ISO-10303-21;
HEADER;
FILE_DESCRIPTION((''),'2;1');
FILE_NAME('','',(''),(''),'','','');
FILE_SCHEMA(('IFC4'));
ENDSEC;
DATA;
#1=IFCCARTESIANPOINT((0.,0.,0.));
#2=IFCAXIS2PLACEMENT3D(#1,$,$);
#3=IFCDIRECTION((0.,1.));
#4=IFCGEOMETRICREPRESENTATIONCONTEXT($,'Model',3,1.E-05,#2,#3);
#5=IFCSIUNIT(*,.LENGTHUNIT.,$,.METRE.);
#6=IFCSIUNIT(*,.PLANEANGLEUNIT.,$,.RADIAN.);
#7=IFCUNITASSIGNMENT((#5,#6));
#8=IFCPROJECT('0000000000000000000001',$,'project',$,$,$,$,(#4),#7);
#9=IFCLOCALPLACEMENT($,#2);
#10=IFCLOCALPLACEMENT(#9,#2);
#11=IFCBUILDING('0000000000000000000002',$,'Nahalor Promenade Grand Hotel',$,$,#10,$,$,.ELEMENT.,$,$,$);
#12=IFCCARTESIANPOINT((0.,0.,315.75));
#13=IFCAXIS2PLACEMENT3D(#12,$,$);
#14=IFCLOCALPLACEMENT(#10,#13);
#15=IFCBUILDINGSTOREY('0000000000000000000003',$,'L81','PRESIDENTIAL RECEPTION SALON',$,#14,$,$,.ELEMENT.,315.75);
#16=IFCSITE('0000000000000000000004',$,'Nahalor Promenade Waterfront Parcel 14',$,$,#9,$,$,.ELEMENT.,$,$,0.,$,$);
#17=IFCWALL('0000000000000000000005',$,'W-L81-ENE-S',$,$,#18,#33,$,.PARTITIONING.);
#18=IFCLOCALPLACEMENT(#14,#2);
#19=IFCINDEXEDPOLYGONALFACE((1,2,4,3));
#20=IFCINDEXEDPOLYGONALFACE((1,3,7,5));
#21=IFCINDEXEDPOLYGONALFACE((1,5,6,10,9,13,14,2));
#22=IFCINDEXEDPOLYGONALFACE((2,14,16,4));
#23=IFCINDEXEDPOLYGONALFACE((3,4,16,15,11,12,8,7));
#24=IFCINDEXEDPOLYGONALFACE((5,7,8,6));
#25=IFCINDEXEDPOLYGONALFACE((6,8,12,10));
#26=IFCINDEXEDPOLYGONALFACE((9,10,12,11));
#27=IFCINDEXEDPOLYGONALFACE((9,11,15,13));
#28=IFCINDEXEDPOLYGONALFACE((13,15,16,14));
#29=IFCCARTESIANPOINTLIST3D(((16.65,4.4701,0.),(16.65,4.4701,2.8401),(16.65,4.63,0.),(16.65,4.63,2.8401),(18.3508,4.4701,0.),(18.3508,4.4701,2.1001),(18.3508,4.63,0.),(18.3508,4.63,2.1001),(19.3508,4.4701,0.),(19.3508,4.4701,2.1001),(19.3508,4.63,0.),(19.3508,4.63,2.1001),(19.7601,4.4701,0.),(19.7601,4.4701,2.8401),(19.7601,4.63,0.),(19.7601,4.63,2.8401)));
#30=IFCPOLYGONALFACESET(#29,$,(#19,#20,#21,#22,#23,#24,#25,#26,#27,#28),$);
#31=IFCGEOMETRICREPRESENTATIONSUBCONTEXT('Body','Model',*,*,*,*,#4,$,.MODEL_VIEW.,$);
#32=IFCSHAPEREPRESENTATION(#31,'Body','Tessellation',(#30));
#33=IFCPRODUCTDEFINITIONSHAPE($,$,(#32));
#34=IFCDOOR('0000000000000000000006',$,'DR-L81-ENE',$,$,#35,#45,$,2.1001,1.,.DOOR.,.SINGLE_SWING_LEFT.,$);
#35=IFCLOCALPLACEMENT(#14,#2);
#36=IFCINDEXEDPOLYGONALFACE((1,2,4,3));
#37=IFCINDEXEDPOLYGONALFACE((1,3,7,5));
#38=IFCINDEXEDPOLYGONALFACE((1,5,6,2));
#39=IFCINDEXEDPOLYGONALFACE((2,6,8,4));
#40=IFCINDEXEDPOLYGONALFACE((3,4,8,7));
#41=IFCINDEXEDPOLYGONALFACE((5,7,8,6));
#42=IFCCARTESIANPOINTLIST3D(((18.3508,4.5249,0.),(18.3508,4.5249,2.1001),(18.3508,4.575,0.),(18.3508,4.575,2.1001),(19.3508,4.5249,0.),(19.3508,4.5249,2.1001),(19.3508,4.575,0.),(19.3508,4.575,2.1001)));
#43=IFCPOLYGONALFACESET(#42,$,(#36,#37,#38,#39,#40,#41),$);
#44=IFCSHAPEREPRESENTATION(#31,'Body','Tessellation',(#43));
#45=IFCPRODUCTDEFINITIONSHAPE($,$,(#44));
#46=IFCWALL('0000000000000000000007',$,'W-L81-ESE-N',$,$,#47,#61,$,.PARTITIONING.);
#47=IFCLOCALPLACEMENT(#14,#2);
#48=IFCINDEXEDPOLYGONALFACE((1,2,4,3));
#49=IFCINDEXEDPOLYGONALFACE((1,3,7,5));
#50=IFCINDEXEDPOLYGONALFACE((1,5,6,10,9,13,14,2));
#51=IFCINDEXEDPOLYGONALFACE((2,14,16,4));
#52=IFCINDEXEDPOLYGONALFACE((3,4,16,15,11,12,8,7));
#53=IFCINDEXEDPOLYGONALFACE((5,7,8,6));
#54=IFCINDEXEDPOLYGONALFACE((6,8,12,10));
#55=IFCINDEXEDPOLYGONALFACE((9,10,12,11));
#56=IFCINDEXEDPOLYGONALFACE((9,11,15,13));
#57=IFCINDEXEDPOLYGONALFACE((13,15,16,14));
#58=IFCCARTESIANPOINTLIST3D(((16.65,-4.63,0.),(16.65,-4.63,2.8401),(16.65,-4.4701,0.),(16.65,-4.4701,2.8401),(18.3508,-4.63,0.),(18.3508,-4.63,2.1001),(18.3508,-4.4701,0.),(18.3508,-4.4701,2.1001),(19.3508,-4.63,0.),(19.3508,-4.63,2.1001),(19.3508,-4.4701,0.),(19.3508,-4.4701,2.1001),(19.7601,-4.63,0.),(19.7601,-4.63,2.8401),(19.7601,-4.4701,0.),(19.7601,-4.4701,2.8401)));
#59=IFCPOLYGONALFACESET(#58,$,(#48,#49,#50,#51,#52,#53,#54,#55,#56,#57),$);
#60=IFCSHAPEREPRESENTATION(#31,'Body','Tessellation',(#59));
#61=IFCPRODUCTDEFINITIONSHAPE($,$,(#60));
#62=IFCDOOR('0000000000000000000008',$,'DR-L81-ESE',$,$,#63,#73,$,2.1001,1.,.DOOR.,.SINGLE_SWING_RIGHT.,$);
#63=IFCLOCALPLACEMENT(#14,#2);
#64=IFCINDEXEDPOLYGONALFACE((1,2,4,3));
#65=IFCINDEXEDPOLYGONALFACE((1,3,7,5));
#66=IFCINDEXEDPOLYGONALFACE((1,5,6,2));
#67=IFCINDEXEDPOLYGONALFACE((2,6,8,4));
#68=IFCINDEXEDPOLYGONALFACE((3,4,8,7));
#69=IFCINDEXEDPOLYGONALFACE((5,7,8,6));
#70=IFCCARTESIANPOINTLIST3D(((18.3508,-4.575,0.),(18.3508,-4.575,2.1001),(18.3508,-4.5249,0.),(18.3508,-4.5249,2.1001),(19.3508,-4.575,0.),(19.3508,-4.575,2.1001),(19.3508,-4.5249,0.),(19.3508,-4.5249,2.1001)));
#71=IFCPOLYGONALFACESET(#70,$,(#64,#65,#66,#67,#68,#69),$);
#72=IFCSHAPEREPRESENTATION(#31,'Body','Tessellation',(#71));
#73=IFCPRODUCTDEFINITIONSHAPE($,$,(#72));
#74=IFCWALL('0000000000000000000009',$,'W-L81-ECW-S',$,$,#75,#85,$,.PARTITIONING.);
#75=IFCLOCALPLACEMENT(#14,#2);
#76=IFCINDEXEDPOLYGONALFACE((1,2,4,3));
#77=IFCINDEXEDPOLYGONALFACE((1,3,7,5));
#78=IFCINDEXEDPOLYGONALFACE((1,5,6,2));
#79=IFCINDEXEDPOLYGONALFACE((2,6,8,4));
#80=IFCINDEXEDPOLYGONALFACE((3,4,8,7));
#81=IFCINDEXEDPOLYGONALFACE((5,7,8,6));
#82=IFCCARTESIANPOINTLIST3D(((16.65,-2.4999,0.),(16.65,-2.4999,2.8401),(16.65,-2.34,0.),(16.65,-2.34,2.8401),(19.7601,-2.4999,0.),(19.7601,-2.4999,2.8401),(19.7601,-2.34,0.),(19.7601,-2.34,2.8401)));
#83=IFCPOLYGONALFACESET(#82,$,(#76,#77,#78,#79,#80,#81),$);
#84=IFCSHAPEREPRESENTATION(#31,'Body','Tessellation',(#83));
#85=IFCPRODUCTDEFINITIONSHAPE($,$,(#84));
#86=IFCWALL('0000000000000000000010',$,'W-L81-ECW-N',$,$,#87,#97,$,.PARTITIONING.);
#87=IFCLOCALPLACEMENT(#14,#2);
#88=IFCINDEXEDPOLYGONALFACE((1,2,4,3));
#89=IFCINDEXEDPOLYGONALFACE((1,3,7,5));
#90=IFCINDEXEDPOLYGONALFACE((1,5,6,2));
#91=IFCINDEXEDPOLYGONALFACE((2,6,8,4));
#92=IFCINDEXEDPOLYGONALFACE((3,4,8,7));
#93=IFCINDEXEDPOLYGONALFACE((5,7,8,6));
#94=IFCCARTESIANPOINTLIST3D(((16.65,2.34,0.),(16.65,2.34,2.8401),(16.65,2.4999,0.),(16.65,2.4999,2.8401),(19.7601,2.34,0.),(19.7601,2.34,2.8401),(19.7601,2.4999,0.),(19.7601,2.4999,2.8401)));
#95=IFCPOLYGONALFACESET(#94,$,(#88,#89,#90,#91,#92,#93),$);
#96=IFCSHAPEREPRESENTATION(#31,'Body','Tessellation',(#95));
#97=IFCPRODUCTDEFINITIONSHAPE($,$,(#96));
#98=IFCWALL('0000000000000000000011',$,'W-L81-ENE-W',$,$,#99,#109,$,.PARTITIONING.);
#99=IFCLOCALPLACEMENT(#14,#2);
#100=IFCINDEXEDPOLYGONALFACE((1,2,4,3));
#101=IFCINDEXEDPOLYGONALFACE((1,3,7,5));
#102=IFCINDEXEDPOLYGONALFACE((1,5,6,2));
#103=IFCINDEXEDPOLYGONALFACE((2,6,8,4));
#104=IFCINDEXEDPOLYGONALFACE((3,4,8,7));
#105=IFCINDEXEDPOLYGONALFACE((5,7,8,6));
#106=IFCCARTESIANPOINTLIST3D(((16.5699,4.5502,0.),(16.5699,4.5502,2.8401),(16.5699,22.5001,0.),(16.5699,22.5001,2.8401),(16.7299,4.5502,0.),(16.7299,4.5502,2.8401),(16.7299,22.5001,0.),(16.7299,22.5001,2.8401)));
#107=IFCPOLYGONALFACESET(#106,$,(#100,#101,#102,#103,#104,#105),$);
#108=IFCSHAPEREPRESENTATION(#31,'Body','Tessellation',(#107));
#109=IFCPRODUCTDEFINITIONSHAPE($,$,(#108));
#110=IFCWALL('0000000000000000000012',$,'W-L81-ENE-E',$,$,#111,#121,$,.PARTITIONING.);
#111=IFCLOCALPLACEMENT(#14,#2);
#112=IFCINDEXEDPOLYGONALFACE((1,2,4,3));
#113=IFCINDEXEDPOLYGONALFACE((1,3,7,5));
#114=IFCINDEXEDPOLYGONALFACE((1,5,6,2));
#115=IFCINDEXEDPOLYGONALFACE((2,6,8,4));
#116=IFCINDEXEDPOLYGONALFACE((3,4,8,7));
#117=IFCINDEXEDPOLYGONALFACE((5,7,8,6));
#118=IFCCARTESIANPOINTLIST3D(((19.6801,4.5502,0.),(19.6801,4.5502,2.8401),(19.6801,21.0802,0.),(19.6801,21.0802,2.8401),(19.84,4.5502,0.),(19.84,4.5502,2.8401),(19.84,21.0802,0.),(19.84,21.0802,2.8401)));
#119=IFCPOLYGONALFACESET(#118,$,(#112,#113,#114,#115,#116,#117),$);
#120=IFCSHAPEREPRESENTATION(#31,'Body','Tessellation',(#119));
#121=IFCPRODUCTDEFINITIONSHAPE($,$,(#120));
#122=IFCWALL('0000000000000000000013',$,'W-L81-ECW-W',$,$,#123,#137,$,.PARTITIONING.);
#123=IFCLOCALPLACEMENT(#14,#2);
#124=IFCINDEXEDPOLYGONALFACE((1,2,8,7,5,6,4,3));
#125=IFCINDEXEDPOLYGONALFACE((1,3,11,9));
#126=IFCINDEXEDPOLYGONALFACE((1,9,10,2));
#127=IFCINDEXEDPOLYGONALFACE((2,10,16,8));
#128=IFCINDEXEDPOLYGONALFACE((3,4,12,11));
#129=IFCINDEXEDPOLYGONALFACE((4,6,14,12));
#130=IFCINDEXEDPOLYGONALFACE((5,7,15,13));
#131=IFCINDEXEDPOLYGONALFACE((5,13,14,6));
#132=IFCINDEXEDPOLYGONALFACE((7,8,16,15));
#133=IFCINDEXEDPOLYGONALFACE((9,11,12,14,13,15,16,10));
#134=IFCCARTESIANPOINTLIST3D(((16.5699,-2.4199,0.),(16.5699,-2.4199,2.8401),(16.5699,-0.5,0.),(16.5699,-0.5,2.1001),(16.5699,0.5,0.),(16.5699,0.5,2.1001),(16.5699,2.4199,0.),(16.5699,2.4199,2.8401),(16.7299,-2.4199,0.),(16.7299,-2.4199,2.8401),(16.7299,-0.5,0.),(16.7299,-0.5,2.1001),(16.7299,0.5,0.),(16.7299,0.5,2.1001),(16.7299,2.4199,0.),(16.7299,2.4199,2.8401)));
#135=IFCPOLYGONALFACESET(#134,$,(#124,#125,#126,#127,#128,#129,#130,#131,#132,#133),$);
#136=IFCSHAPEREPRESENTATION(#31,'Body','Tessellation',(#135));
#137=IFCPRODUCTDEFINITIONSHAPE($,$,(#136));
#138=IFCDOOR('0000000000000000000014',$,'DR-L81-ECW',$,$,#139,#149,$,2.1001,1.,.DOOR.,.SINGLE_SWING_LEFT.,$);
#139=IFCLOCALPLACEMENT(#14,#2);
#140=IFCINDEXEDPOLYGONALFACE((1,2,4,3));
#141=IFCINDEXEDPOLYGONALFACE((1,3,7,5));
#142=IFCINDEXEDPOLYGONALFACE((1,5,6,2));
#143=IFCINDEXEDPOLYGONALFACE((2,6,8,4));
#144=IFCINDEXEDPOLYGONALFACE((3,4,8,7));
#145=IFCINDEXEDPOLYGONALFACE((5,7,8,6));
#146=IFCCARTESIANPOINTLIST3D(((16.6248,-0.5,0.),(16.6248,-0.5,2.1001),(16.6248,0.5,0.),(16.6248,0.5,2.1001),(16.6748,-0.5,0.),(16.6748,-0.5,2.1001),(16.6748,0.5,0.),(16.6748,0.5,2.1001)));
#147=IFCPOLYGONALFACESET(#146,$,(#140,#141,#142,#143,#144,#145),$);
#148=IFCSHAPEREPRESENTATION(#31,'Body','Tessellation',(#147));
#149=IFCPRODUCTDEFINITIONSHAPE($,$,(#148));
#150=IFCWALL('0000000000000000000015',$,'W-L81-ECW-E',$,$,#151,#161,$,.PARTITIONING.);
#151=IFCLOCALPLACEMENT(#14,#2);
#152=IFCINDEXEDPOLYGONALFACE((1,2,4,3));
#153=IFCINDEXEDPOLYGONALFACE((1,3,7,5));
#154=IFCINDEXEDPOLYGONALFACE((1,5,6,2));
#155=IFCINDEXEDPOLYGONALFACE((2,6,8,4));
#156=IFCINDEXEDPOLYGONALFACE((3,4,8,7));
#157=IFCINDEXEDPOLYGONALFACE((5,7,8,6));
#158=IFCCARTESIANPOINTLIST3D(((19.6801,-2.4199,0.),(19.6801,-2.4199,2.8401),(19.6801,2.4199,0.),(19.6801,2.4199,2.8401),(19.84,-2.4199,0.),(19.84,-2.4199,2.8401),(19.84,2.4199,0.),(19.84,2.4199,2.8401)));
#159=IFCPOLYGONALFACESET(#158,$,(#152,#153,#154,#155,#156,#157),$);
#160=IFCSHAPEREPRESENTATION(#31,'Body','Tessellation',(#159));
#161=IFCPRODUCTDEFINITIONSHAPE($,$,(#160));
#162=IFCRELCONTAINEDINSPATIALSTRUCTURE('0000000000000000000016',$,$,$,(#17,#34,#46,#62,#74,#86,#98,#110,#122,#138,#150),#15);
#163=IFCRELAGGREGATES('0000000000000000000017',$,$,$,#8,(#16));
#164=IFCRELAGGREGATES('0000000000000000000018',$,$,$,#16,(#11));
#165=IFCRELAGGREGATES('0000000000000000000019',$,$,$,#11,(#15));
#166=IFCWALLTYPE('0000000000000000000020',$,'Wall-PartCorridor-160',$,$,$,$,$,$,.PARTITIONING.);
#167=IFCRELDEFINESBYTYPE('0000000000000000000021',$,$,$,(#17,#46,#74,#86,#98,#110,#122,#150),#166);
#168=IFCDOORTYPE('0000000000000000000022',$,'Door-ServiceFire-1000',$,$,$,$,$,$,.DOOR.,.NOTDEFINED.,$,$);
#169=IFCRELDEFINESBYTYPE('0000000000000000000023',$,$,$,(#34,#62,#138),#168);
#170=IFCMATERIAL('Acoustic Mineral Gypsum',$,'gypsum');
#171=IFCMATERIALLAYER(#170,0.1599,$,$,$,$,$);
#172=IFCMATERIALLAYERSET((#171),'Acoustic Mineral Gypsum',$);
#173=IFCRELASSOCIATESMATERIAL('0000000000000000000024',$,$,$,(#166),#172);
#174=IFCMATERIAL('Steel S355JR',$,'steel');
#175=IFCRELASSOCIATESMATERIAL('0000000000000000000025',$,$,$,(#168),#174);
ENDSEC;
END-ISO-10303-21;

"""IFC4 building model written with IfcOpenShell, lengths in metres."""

from ifc_helpers import new_model, si_unit, direction, frame, frame_2d, origin, place, context, subcontext, project, spatial, rectangle, extrude, source, transform, mapped, material, layer, layer_set, type_object, element, fill, save


model = new_model("IFC4")

# Units and contexts
model_context = context("Model", 3, precision=1e-05, world=origin(), true_north=direction((0.0, 1.0)))
body_context = subcontext(model_context, "Body", "Model", "MODEL_VIEW")
ifc_project = project(units=[si_unit("LENGTHUNIT", "METRE"), si_unit("PLANEANGLEUNIT", "RADIAN")], contexts=[model_context])

# Site, building, storey
site_placement = place(None, origin())
site = spatial("IfcSite", under=ifc_project, at=site_placement, Name="Nahalor Promenade Waterfront Parcel 14", CompositionType="ELEMENT", RefElevation=0.0)
building_placement = place(site_placement, origin())
building = spatial("IfcBuilding", under=site, at=building_placement, Name="Nahalor Promenade Grand Hotel", CompositionType="ELEMENT")
storey_placement = place(building_placement, frame((0.0, 0.0, 315.75)))
storey = spatial("IfcBuildingStorey", under=building, at=storey_placement, Name="L81", Description="PRESIDENTIAL RECEPTION SALON", CompositionType="ELEMENT", Elevation=315.75)

# Shared definitions
ifc_material_1 = material(Name="Steel S355JR", Category="steel")

# Walls, openings, doors
ifc_material_2 = material(Name="Acoustic Mineral Gypsum", Category="gypsum")
ifc_layer_1 = layer(ifc_material_2, 0.1599)
ifc_layer_set_1 = layer_set([ifc_layer_1], Name="Acoustic Mineral Gypsum")
wall_type_1 = type_object("IfcWallType", Name="Wall-PartCorridor-160", PredefinedType="PARTITIONING", material=ifc_layer_set_1)
shared_shape_1 = source(origin(), body_context, "Body", "SweptSolid", [
    extrude(rectangle(XDim=3.1101, YDim=0.1599, at=frame_2d((1.5552, 0.0))), origin(), (0.0, 0.0, 1.0), 2.8401),
])
wall_1_placement = place(storey_placement, frame((16.6499, 4.55, 0.0), z_axis=(0.0, 0.0, 1.0), x_axis=(1.0, 0.0, 0.0)))
wall_1 = element("IfcWall", 1, at=wall_1_placement, inside=storey, type_object=wall_type_1, Name="W-L81-ENE-S", PredefinedType="PARTITIONING", context=body_context, shape_type="MappedRepresentation", body=[
    mapped(shared_shape_1, transform((0.0, 0.0, 0.0), scale=1.0)),
])
opening_1_placement = place(wall_1_placement, frame((1.7009, 0.0, 0.0)))
opening_1 = element("IfcOpeningElement", 2, at=opening_1_placement, cuts=wall_1, PredefinedType="OPENING", context=body_context, shape_type="SweptSolid", body=[
    extrude(rectangle(XDim=1.0, YDim=2.1001, at=frame_2d((0.5, 1.05))), frame((0.0, 0.0898, 0.0), z_axis=(0.0, -1.0, 0.0), x_axis=(1.0, 0.0, 0.0)), (0.0, 0.0, 1.0), 0.1799),
])
door_type_1 = type_object("IfcDoorType", Name="Door-ServiceFire-1000", OperationType="NOTDEFINED", PredefinedType="DOOR", material=ifc_material_1)
shared_shape_2 = source(origin(), body_context, "Body", "SweptSolid", [
    extrude(rectangle(XDim=1.0, YDim=2.1001, at=frame_2d((0.5, 1.05))), frame((0.0, 0.0249, 0.0), z_axis=(0.0, -1.0, 0.0), x_axis=(1.0, 0.0, 0.0)), (0.0, 0.0, 1.0), 0.05),
])
door_1_placement = place(opening_1_placement, origin())
door_1 = element("IfcDoor", 3, at=door_1_placement, inside=storey, type_object=door_type_1, Name="DR-L81-ENE", OperationType="SINGLE_SWING_LEFT", OverallHeight=2.1001, OverallWidth=1.0, PredefinedType="DOOR", context=body_context, shape_type="MappedRepresentation", body=[
    mapped(shared_shape_2, transform((0.0, 0.0, 0.0), scale=1.0)),
])
fill(opening_1, door_1)
wall_2_placement = place(storey_placement, frame((16.6499, -4.55, 0.0), z_axis=(0.0, 0.0, 1.0), x_axis=(1.0, 0.0, 0.0)))
wall_2 = element("IfcWall", 4, at=wall_2_placement, inside=storey, type_object=wall_type_1, Name="W-L81-ESE-N", PredefinedType="PARTITIONING", context=body_context, shape_type="MappedRepresentation", body=[
    mapped(shared_shape_1, transform((0.0, 0.0, 0.0), scale=1.0)),
])
opening_2_placement = place(wall_2_placement, frame((1.7009, 0.0, 0.0)))
opening_2 = element("IfcOpeningElement", 5, at=opening_2_placement, cuts=wall_2, PredefinedType="OPENING", context=body_context, shape_type="SweptSolid", body=[
    extrude(rectangle(XDim=1.0, YDim=2.1001, at=frame_2d((0.5, 1.05))), frame((0.0, 0.0898, 0.0), z_axis=(0.0, -1.0, 0.0), x_axis=(1.0, 0.0, 0.0)), (0.0, 0.0, 1.0), 0.1799),
])
door_2_placement = place(opening_2_placement, frame((1.0, 0.0, 0.0), z_axis=(0.0, 0.0, 1.0), x_axis=(-1.0, 0.0, 0.0)))
door_2 = element("IfcDoor", 6, at=door_2_placement, inside=storey, type_object=door_type_1, Name="DR-L81-ESE", OperationType="SINGLE_SWING_RIGHT", OverallHeight=2.1001, OverallWidth=1.0, PredefinedType="DOOR", context=body_context, shape_type="MappedRepresentation", body=[
    mapped(shared_shape_2, transform((0.0, 0.0, 0.0), scale=1.0)),
])
fill(opening_2, door_2)

# Walls
for number, where, z_axis, x_axis, name in (
    (7, (16.6499, -2.4199, 0.0), (0.0, 0.0, 1.0), (1.0, 0.0, 0.0), "W-L81-ECW-S"),
    (8, (16.6499, 2.4199, 0.0), (0.0, 0.0, 1.0), (1.0, 0.0, 0.0), "W-L81-ECW-N"),
):
    element("IfcWall", number, at=place(storey_placement, frame(where, z_axis=z_axis, x_axis=x_axis)), inside=storey, type_object=wall_type_1, Name=name, PredefinedType="PARTITIONING", context=body_context, shape_type="MappedRepresentation", body=[
        mapped(shared_shape_1, transform((0.0, 0.0, 0.0), scale=1.0)),
    ])
shared_shape_3 = source(origin(), body_context, "Body", "SweptSolid", [
    extrude(rectangle(XDim=17.95, YDim=0.1599, at=frame_2d((8.9751, 0.0))), origin(), (0.0, 0.0, 1.0), 2.8401),
])
wall_3_placement = place(storey_placement, frame((16.6499, 4.55, 0.0), z_axis=(0.0, 0.0, 1.0), x_axis=(0.0, 1.0, 0.0)))
element("IfcWall", 9, at=wall_3_placement, inside=storey, type_object=wall_type_1, Name="W-L81-ENE-W", PredefinedType="PARTITIONING", context=body_context, shape_type="MappedRepresentation", body=[
    mapped(shared_shape_3, transform((0.0, 0.0, 0.0), scale=1.0)),
])
shared_shape_4 = source(origin(), body_context, "Body", "SweptSolid", [
    extrude(rectangle(XDim=16.53, YDim=0.1599, at=frame_2d((8.2651, 0.0))), origin(), (0.0, 0.0, 1.0), 2.8401),
])
wall_4_placement = place(storey_placement, frame((19.76, 4.55, 0.0), z_axis=(0.0, 0.0, 1.0), x_axis=(0.0, 1.0, 0.0)))
element("IfcWall", 10, at=wall_4_placement, inside=storey, type_object=wall_type_1, Name="W-L81-ENE-E", PredefinedType="PARTITIONING", context=body_context, shape_type="MappedRepresentation", body=[
    mapped(shared_shape_4, transform((0.0, 0.0, 0.0), scale=1.0)),
])

# Wall, opening, door
shared_shape_5 = source(origin(), body_context, "Body", "SweptSolid", [
    extrude(rectangle(XDim=4.8398, YDim=0.1599, at=frame_2d((2.4199, 0.0))), origin(), (0.0, 0.0, 1.0), 2.8401),
])
wall_5_placement = place(storey_placement, frame((16.6499, -2.4199, 0.0), z_axis=(0.0, 0.0, 1.0), x_axis=(0.0, 1.0, 0.0)))
wall_5 = element("IfcWall", 11, at=wall_5_placement, inside=storey, type_object=wall_type_1, Name="W-L81-ECW-W", PredefinedType="PARTITIONING", context=body_context, shape_type="MappedRepresentation", body=[
    mapped(shared_shape_5, transform((0.0, 0.0, 0.0), scale=1.0)),
])
opening_3_placement = place(wall_5_placement, frame((1.9199, 0.0, 0.0)))
opening_3 = element("IfcOpeningElement", 12, at=opening_3_placement, cuts=wall_5, PredefinedType="OPENING", context=body_context, shape_type="SweptSolid", body=[
    extrude(rectangle(XDim=1.0, YDim=2.1001, at=frame_2d((0.5, 1.05))), frame((0.0, 0.0898, 0.0), z_axis=(0.0, -1.0, 0.0), x_axis=(1.0, 0.0, 0.0)), (0.0, 0.0, 1.0), 0.1799),
])
door_3_placement = place(opening_3_placement, frame((1.0, 0.0, 0.0), z_axis=(0.0, 0.0, 1.0), x_axis=(-1.0, 0.0, 0.0)))
door_3 = element("IfcDoor", 13, at=door_3_placement, inside=storey, type_object=door_type_1, Name="DR-L81-ECW", OperationType="SINGLE_SWING_LEFT", OverallHeight=2.1001, OverallWidth=1.0, PredefinedType="DOOR", context=body_context, shape_type="MappedRepresentation", body=[
    mapped(shared_shape_2, transform((0.0, 0.0, 0.0), scale=1.0)),
])
fill(opening_3, door_3)

# Wall
wall_6_placement = place(storey_placement, frame((19.76, -2.4199, 0.0), z_axis=(0.0, 0.0, 1.0), x_axis=(0.0, 1.0, 0.0)))
element("IfcWall", 14, at=wall_6_placement, inside=storey, type_object=wall_type_1, Name="W-L81-ECW-E", PredefinedType="PARTITIONING", context=body_context, shape_type="MappedRepresentation", body=[
    mapped(shared_shape_5, transform((0.0, 0.0, 0.0), scale=1.0)),
])

save(model, "model.ifc")
